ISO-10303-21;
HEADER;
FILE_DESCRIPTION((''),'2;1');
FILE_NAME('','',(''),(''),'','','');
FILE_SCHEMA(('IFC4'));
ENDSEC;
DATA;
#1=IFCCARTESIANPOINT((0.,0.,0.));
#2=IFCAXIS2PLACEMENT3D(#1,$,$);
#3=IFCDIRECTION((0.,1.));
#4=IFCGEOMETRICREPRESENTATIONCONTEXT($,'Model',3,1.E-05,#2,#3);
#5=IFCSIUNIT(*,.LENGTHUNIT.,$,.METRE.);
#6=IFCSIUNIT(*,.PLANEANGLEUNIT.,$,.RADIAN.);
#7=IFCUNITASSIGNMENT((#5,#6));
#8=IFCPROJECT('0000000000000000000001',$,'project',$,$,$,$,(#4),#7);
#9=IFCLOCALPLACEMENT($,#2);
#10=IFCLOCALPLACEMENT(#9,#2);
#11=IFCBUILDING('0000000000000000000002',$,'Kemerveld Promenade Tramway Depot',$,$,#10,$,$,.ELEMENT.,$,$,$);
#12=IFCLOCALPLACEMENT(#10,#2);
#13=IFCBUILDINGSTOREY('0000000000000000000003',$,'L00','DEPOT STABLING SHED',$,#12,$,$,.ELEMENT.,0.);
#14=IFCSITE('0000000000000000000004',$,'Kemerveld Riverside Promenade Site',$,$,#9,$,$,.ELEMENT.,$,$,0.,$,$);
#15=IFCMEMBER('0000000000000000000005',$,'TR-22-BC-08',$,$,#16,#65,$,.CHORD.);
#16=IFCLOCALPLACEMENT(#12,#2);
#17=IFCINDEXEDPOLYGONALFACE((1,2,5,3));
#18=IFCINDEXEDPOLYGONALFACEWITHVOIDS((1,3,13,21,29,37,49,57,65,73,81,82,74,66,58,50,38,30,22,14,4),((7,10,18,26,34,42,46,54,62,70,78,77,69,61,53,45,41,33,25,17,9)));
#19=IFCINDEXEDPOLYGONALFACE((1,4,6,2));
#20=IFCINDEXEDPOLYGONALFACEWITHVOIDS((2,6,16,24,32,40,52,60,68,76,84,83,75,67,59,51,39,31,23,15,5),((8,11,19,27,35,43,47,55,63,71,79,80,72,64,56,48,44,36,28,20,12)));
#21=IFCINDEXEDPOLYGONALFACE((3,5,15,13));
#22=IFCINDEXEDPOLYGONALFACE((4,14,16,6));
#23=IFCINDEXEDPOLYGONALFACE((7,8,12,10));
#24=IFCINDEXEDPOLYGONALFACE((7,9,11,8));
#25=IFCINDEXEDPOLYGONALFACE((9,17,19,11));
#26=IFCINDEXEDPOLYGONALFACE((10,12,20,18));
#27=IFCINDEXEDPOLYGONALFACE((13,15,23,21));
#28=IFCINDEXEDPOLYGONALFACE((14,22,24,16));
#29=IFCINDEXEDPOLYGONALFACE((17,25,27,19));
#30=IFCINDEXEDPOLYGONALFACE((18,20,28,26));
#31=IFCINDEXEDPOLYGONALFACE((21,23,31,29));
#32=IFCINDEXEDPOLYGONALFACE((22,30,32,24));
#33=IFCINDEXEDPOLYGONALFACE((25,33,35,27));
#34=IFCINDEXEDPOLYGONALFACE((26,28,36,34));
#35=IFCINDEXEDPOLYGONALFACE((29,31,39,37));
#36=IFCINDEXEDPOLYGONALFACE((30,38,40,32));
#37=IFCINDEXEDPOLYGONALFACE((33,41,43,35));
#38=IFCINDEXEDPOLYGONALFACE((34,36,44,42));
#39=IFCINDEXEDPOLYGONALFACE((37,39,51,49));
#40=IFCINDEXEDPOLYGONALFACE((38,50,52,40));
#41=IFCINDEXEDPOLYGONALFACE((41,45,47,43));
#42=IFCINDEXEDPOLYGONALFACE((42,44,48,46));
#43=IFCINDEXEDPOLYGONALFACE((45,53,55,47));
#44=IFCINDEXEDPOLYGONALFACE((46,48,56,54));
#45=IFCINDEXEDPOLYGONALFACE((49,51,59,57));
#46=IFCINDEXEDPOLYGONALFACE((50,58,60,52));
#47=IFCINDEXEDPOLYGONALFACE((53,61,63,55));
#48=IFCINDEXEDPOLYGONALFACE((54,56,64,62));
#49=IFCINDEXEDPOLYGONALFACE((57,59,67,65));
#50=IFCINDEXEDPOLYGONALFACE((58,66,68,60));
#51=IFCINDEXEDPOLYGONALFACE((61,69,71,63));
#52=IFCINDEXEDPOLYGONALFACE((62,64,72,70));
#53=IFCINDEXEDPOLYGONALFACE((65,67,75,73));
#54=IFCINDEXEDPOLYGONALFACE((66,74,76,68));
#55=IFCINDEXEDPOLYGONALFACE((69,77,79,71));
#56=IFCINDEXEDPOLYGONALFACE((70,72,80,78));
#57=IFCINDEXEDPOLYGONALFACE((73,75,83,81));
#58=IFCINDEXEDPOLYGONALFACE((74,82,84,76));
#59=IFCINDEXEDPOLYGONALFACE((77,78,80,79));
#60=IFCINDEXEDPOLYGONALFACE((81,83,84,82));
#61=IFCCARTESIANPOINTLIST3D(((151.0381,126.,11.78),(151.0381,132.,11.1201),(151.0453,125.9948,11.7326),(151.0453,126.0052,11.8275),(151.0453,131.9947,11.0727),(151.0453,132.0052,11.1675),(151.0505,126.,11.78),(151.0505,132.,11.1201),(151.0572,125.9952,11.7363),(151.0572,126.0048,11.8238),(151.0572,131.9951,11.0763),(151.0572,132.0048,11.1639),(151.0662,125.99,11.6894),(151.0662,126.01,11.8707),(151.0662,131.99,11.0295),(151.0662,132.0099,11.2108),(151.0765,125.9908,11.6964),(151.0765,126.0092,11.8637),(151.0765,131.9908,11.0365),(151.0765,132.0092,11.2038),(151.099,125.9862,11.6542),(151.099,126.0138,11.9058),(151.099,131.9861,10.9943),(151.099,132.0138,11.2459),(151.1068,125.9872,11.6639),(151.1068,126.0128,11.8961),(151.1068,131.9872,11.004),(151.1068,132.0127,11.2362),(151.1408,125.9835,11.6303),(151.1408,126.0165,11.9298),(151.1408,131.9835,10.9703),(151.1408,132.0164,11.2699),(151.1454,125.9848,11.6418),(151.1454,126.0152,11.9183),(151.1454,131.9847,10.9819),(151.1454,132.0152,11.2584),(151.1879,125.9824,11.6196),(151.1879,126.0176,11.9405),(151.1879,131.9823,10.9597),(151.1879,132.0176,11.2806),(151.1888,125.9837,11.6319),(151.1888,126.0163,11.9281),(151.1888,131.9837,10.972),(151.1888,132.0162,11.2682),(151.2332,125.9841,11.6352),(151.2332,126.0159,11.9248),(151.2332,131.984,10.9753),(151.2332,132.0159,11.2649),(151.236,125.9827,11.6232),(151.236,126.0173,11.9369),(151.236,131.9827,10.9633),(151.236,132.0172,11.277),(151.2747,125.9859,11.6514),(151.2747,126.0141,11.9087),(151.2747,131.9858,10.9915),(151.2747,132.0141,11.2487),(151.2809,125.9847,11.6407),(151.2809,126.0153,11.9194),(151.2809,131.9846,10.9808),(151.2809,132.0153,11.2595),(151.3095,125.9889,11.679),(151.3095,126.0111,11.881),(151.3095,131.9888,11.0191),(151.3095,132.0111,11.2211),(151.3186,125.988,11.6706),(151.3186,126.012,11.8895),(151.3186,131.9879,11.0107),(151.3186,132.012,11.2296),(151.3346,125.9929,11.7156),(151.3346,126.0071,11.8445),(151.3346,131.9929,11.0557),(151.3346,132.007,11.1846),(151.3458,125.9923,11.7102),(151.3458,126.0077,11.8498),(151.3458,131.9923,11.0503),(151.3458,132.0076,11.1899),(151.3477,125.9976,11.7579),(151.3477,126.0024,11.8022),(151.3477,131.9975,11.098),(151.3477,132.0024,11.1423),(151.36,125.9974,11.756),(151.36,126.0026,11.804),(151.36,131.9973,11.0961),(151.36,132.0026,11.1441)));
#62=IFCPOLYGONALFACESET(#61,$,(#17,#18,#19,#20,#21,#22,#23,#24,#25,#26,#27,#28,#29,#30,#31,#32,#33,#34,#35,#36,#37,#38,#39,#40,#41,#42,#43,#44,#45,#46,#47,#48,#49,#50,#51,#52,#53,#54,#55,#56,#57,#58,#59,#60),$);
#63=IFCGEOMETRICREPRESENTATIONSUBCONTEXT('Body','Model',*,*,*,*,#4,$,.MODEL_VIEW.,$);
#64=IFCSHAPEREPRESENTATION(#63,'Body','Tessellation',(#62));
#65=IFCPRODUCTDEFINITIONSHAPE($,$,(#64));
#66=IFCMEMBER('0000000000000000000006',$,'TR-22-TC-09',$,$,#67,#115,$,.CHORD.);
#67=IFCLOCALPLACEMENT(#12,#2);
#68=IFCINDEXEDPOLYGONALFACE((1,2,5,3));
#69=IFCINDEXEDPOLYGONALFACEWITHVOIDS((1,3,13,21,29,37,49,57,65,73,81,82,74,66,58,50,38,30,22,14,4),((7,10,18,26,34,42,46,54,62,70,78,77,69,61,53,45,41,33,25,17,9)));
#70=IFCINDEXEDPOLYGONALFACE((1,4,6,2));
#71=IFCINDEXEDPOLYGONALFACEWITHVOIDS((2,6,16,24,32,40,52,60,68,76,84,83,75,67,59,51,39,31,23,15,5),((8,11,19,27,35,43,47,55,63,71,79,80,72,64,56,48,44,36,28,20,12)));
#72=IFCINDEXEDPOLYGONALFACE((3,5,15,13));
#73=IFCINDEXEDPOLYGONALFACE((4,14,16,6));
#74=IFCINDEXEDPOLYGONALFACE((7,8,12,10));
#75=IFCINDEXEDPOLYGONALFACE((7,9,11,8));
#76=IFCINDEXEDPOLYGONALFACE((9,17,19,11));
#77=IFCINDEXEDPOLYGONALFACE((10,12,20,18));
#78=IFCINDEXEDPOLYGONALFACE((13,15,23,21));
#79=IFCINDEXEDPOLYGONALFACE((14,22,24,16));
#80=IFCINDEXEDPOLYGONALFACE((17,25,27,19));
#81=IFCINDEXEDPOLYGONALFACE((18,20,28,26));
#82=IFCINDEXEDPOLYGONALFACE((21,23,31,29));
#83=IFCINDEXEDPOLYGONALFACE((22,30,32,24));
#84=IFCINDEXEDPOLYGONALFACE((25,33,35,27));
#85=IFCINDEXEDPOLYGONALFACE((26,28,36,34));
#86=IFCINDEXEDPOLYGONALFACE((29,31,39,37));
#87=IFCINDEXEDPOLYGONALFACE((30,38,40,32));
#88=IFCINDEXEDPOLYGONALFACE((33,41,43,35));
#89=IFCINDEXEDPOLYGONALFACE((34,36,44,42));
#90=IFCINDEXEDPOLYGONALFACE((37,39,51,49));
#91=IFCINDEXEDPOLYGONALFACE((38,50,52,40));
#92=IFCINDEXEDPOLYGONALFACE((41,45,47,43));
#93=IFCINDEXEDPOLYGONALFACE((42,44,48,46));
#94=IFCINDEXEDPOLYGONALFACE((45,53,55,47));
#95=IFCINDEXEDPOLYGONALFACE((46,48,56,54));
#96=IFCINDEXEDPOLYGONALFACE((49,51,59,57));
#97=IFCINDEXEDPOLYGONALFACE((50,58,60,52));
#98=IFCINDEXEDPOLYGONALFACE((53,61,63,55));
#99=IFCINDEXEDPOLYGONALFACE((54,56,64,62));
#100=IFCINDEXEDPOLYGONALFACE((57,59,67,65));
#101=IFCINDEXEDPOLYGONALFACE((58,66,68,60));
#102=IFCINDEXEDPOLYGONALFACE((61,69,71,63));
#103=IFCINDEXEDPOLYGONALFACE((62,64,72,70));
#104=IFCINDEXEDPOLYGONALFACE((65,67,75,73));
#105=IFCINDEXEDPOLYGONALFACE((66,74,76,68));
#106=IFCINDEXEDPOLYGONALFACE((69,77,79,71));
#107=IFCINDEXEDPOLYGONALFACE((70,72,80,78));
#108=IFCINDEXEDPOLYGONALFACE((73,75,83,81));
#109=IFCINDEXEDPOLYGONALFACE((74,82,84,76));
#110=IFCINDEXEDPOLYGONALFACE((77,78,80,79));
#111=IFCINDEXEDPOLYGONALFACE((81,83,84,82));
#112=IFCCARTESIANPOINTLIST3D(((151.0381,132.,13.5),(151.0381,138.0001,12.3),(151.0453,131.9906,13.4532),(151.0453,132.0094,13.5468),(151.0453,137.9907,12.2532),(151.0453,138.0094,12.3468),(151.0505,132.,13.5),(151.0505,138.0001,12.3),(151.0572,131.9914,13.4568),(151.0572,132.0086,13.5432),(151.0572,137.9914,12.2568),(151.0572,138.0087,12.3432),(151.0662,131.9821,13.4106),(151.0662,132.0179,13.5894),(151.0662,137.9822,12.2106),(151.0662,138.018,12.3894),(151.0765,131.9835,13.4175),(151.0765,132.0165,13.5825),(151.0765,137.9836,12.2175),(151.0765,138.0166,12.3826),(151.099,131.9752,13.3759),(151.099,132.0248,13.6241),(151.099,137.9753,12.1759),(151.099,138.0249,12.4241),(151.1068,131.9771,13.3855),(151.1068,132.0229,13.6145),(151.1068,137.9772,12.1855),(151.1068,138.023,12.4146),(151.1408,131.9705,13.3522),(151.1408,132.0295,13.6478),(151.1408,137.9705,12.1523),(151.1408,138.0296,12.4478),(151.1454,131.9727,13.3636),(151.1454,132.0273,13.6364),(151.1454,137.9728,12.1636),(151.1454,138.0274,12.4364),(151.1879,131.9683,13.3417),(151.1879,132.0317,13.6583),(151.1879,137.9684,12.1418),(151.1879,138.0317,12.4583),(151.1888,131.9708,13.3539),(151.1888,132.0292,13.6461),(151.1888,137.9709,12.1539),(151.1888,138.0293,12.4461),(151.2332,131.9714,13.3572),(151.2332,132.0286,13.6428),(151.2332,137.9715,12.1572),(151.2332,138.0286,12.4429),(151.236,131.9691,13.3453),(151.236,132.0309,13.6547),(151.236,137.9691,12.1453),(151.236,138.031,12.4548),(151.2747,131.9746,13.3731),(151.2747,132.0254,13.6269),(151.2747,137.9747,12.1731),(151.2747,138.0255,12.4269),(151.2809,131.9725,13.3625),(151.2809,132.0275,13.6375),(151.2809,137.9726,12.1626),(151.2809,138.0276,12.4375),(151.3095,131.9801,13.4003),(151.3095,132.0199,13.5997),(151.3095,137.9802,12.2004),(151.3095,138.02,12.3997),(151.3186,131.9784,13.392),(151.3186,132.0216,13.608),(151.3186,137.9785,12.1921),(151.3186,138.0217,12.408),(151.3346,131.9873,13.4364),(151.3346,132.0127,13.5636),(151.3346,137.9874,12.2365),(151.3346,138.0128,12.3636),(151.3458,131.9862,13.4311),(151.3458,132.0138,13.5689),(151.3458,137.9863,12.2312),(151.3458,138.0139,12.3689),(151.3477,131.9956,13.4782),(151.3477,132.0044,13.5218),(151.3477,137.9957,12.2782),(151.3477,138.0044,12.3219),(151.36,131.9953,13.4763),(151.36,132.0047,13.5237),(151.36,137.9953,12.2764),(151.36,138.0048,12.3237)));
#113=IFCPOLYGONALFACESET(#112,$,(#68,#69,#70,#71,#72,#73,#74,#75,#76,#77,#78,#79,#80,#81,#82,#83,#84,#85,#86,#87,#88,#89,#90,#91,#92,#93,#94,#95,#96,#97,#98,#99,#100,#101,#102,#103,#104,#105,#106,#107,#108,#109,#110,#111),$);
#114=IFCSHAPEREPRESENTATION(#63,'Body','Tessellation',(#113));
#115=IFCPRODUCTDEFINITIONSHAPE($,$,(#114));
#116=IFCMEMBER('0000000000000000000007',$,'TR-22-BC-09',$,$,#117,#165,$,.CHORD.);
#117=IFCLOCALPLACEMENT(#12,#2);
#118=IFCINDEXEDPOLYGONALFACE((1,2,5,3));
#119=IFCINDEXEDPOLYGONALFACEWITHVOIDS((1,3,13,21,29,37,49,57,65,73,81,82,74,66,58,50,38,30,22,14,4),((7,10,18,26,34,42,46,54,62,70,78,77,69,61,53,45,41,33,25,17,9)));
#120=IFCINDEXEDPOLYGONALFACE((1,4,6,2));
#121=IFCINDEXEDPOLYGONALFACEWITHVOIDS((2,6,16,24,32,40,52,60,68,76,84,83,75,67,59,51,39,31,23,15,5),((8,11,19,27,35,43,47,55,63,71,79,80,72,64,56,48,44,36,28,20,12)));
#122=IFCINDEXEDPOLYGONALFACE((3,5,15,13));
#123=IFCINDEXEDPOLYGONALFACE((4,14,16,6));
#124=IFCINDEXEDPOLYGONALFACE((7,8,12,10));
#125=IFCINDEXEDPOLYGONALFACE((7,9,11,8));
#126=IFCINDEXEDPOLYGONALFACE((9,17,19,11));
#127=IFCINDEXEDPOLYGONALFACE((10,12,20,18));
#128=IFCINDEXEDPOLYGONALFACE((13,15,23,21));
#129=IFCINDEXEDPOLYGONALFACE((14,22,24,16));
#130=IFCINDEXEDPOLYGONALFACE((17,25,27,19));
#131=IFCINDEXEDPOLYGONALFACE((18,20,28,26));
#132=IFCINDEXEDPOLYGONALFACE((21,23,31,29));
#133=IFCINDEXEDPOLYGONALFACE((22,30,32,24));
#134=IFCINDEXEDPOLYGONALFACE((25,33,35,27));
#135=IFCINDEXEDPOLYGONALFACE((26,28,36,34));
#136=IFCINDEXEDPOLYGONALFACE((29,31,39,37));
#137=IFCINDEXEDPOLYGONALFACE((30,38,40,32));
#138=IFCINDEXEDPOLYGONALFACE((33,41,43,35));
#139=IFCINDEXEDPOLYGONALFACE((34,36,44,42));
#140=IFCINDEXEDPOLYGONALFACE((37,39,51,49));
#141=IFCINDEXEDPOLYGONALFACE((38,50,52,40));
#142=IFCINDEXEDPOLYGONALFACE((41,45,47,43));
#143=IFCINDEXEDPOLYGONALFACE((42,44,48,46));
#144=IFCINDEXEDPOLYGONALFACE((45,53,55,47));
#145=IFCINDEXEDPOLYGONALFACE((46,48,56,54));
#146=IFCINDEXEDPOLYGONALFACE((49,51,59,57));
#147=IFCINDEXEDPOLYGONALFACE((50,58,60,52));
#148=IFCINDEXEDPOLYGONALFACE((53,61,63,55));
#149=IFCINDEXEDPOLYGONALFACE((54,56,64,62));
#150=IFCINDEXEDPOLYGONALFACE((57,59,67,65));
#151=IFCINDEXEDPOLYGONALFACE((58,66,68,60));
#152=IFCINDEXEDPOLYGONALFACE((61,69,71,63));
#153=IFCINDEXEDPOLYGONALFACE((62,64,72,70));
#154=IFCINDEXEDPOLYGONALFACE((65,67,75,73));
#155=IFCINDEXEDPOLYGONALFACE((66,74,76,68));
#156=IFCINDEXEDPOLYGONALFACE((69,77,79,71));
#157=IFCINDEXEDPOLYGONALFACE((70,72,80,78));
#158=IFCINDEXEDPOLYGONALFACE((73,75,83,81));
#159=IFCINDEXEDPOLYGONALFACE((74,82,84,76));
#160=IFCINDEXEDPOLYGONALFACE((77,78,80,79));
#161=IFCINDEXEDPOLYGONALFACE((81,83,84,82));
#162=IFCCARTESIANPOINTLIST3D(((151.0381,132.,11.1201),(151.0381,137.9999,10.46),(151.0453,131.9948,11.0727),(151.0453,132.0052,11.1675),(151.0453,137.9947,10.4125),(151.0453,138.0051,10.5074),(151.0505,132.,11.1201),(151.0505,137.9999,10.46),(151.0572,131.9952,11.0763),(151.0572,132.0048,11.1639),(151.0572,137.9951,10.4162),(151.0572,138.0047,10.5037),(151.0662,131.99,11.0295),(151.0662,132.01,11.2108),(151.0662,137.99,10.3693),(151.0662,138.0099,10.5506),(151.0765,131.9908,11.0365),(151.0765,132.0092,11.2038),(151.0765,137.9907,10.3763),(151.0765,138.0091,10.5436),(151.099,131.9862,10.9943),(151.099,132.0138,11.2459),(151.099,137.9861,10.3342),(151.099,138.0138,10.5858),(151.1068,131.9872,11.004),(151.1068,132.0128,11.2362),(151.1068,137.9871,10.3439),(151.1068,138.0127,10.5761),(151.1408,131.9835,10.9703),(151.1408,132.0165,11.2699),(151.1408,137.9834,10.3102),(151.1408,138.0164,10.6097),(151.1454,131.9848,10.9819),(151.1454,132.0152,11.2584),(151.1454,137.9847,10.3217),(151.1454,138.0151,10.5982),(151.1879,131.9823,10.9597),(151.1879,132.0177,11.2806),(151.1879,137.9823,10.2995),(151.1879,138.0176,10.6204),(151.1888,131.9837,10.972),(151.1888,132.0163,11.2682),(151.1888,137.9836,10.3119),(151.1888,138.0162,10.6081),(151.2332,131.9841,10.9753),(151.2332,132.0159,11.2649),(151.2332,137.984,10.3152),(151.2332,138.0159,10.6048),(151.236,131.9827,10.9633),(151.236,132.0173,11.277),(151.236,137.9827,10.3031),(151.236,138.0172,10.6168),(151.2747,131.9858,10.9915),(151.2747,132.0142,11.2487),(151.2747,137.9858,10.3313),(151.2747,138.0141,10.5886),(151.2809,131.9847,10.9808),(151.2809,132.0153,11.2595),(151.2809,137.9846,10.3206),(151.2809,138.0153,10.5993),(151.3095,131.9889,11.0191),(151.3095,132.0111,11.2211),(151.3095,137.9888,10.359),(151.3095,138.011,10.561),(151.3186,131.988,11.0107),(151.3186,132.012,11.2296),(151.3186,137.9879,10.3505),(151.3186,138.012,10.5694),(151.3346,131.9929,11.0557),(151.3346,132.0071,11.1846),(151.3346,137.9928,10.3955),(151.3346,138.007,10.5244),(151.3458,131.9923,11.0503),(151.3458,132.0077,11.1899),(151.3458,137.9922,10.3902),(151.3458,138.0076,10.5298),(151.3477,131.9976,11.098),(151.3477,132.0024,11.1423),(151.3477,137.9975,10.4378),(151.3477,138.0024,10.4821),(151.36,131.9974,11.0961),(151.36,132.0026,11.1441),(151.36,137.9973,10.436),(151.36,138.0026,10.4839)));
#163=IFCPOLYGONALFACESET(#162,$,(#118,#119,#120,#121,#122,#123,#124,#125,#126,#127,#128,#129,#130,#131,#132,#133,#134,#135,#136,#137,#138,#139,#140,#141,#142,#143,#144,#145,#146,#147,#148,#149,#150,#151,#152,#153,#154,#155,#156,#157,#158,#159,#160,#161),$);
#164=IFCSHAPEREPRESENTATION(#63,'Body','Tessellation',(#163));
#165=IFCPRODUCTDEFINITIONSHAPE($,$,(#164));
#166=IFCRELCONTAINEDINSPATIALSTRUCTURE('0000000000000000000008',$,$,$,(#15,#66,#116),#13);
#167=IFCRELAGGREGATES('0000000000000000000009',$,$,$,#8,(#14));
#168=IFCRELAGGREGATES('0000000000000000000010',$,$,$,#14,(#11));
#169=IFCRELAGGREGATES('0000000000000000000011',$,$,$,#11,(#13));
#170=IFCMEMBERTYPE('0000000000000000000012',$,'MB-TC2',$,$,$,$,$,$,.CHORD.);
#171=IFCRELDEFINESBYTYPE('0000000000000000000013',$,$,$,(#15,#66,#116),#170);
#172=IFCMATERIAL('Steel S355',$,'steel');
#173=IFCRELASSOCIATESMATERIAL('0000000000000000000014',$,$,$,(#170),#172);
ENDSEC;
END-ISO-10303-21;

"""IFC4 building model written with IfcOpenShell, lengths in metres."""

from ifc_helpers import new_model, si_unit, direction, frame, origin, origin_2d, place, context, subcontext, project, spatial, hollow_circle, extrude, material, material_profile, profile_set, type_object, element, save


model = new_model("IFC4")

# Units and contexts
model_context = context("Model", 3, precision=1e-05, world=origin(), true_north=direction((0.0, 1.0)))
body_context = subcontext(model_context, "Body", "Model", "MODEL_VIEW")
ifc_project = project(units=[si_unit("LENGTHUNIT", "METRE"), si_unit("PLANEANGLEUNIT", "RADIAN")], contexts=[model_context])

# Site, building, storey
site_placement = place(None, origin())
site = spatial("IfcSite", under=ifc_project, at=site_placement, Name="Kemerveld Riverside Promenade Site", CompositionType="ELEMENT", RefElevation=0.0)
building_placement = place(site_placement, origin())
building = spatial("IfcBuilding", under=site, at=building_placement, Name="Kemerveld Promenade Tramway Depot", CompositionType="ELEMENT")
storey_placement = place(building_placement, origin())
storey = spatial("IfcBuildingStorey", under=building, at=storey_placement, Name="L00", Description="DEPOT STABLING SHED", CompositionType="ELEMENT", Elevation=0.0)

# Members
ifc_material = material(Name="Steel S355", Category="steel")
ifc_material_profile_1 = material_profile(ifc_material, hollow_circle(Radius=0.1619, WallThickness=0.0125, at=origin_2d()), Name="323.9x12.5 CHS")
ifc_profile_set_1 = profile_set([ifc_material_profile_1], Name="Steel S355")
member_type_1 = type_object("IfcMemberType", Name="MB-TC2", PredefinedType="CHORD", material=ifc_profile_set_1)
member_1_placement = place(storey_placement, frame((151.2, 126.0, 11.78), z_axis=(0.0, 0.994006, -0.109326), x_axis=(-1.0, 0.0, 0.0)))
element("IfcMember", 1, at=member_1_placement, inside=storey, type_object=member_type_1, Name="TR-22-BC-08", PredefinedType="CHORD", context=body_context, shape_type="SweptSolid", body=[
    extrude(hollow_circle(Radius=0.1619, WallThickness=0.0125, at=origin_2d()), origin(), (0.0, 0.0, 1.0), 6.0361),
])
member_2_placement = place(storey_placement, frame((151.2, 132.0, 13.5), z_axis=(0.0, 0.980582, -0.196108), x_axis=(-1.0, 0.0, 0.0)))
element("IfcMember", 2, at=member_2_placement, inside=storey, type_object=member_type_1, Name="TR-22-TC-09", PredefinedType="CHORD", context=body_context, shape_type="SweptSolid", body=[
    extrude(hollow_circle(Radius=0.1619, WallThickness=0.0125, at=origin_2d()), origin(), (0.0, 0.0, 1.0), 6.1189),
])
member_3_placement = place(storey_placement, frame((151.2, 132.0, 11.1201), z_axis=(0.0, 0.994002, -0.109366), x_axis=(-1.0, 0.0, 0.0)))
element("IfcMember", 3, at=member_3_placement, inside=storey, type_object=member_type_1, Name="TR-22-BC-09", PredefinedType="CHORD", context=body_context, shape_type="SweptSolid", body=[
    extrude(hollow_circle(Radius=0.1619, WallThickness=0.0125, at=origin_2d()), origin(), (0.0, 0.0, 1.0), 6.0361),
])

save(model, "model.ifc")
